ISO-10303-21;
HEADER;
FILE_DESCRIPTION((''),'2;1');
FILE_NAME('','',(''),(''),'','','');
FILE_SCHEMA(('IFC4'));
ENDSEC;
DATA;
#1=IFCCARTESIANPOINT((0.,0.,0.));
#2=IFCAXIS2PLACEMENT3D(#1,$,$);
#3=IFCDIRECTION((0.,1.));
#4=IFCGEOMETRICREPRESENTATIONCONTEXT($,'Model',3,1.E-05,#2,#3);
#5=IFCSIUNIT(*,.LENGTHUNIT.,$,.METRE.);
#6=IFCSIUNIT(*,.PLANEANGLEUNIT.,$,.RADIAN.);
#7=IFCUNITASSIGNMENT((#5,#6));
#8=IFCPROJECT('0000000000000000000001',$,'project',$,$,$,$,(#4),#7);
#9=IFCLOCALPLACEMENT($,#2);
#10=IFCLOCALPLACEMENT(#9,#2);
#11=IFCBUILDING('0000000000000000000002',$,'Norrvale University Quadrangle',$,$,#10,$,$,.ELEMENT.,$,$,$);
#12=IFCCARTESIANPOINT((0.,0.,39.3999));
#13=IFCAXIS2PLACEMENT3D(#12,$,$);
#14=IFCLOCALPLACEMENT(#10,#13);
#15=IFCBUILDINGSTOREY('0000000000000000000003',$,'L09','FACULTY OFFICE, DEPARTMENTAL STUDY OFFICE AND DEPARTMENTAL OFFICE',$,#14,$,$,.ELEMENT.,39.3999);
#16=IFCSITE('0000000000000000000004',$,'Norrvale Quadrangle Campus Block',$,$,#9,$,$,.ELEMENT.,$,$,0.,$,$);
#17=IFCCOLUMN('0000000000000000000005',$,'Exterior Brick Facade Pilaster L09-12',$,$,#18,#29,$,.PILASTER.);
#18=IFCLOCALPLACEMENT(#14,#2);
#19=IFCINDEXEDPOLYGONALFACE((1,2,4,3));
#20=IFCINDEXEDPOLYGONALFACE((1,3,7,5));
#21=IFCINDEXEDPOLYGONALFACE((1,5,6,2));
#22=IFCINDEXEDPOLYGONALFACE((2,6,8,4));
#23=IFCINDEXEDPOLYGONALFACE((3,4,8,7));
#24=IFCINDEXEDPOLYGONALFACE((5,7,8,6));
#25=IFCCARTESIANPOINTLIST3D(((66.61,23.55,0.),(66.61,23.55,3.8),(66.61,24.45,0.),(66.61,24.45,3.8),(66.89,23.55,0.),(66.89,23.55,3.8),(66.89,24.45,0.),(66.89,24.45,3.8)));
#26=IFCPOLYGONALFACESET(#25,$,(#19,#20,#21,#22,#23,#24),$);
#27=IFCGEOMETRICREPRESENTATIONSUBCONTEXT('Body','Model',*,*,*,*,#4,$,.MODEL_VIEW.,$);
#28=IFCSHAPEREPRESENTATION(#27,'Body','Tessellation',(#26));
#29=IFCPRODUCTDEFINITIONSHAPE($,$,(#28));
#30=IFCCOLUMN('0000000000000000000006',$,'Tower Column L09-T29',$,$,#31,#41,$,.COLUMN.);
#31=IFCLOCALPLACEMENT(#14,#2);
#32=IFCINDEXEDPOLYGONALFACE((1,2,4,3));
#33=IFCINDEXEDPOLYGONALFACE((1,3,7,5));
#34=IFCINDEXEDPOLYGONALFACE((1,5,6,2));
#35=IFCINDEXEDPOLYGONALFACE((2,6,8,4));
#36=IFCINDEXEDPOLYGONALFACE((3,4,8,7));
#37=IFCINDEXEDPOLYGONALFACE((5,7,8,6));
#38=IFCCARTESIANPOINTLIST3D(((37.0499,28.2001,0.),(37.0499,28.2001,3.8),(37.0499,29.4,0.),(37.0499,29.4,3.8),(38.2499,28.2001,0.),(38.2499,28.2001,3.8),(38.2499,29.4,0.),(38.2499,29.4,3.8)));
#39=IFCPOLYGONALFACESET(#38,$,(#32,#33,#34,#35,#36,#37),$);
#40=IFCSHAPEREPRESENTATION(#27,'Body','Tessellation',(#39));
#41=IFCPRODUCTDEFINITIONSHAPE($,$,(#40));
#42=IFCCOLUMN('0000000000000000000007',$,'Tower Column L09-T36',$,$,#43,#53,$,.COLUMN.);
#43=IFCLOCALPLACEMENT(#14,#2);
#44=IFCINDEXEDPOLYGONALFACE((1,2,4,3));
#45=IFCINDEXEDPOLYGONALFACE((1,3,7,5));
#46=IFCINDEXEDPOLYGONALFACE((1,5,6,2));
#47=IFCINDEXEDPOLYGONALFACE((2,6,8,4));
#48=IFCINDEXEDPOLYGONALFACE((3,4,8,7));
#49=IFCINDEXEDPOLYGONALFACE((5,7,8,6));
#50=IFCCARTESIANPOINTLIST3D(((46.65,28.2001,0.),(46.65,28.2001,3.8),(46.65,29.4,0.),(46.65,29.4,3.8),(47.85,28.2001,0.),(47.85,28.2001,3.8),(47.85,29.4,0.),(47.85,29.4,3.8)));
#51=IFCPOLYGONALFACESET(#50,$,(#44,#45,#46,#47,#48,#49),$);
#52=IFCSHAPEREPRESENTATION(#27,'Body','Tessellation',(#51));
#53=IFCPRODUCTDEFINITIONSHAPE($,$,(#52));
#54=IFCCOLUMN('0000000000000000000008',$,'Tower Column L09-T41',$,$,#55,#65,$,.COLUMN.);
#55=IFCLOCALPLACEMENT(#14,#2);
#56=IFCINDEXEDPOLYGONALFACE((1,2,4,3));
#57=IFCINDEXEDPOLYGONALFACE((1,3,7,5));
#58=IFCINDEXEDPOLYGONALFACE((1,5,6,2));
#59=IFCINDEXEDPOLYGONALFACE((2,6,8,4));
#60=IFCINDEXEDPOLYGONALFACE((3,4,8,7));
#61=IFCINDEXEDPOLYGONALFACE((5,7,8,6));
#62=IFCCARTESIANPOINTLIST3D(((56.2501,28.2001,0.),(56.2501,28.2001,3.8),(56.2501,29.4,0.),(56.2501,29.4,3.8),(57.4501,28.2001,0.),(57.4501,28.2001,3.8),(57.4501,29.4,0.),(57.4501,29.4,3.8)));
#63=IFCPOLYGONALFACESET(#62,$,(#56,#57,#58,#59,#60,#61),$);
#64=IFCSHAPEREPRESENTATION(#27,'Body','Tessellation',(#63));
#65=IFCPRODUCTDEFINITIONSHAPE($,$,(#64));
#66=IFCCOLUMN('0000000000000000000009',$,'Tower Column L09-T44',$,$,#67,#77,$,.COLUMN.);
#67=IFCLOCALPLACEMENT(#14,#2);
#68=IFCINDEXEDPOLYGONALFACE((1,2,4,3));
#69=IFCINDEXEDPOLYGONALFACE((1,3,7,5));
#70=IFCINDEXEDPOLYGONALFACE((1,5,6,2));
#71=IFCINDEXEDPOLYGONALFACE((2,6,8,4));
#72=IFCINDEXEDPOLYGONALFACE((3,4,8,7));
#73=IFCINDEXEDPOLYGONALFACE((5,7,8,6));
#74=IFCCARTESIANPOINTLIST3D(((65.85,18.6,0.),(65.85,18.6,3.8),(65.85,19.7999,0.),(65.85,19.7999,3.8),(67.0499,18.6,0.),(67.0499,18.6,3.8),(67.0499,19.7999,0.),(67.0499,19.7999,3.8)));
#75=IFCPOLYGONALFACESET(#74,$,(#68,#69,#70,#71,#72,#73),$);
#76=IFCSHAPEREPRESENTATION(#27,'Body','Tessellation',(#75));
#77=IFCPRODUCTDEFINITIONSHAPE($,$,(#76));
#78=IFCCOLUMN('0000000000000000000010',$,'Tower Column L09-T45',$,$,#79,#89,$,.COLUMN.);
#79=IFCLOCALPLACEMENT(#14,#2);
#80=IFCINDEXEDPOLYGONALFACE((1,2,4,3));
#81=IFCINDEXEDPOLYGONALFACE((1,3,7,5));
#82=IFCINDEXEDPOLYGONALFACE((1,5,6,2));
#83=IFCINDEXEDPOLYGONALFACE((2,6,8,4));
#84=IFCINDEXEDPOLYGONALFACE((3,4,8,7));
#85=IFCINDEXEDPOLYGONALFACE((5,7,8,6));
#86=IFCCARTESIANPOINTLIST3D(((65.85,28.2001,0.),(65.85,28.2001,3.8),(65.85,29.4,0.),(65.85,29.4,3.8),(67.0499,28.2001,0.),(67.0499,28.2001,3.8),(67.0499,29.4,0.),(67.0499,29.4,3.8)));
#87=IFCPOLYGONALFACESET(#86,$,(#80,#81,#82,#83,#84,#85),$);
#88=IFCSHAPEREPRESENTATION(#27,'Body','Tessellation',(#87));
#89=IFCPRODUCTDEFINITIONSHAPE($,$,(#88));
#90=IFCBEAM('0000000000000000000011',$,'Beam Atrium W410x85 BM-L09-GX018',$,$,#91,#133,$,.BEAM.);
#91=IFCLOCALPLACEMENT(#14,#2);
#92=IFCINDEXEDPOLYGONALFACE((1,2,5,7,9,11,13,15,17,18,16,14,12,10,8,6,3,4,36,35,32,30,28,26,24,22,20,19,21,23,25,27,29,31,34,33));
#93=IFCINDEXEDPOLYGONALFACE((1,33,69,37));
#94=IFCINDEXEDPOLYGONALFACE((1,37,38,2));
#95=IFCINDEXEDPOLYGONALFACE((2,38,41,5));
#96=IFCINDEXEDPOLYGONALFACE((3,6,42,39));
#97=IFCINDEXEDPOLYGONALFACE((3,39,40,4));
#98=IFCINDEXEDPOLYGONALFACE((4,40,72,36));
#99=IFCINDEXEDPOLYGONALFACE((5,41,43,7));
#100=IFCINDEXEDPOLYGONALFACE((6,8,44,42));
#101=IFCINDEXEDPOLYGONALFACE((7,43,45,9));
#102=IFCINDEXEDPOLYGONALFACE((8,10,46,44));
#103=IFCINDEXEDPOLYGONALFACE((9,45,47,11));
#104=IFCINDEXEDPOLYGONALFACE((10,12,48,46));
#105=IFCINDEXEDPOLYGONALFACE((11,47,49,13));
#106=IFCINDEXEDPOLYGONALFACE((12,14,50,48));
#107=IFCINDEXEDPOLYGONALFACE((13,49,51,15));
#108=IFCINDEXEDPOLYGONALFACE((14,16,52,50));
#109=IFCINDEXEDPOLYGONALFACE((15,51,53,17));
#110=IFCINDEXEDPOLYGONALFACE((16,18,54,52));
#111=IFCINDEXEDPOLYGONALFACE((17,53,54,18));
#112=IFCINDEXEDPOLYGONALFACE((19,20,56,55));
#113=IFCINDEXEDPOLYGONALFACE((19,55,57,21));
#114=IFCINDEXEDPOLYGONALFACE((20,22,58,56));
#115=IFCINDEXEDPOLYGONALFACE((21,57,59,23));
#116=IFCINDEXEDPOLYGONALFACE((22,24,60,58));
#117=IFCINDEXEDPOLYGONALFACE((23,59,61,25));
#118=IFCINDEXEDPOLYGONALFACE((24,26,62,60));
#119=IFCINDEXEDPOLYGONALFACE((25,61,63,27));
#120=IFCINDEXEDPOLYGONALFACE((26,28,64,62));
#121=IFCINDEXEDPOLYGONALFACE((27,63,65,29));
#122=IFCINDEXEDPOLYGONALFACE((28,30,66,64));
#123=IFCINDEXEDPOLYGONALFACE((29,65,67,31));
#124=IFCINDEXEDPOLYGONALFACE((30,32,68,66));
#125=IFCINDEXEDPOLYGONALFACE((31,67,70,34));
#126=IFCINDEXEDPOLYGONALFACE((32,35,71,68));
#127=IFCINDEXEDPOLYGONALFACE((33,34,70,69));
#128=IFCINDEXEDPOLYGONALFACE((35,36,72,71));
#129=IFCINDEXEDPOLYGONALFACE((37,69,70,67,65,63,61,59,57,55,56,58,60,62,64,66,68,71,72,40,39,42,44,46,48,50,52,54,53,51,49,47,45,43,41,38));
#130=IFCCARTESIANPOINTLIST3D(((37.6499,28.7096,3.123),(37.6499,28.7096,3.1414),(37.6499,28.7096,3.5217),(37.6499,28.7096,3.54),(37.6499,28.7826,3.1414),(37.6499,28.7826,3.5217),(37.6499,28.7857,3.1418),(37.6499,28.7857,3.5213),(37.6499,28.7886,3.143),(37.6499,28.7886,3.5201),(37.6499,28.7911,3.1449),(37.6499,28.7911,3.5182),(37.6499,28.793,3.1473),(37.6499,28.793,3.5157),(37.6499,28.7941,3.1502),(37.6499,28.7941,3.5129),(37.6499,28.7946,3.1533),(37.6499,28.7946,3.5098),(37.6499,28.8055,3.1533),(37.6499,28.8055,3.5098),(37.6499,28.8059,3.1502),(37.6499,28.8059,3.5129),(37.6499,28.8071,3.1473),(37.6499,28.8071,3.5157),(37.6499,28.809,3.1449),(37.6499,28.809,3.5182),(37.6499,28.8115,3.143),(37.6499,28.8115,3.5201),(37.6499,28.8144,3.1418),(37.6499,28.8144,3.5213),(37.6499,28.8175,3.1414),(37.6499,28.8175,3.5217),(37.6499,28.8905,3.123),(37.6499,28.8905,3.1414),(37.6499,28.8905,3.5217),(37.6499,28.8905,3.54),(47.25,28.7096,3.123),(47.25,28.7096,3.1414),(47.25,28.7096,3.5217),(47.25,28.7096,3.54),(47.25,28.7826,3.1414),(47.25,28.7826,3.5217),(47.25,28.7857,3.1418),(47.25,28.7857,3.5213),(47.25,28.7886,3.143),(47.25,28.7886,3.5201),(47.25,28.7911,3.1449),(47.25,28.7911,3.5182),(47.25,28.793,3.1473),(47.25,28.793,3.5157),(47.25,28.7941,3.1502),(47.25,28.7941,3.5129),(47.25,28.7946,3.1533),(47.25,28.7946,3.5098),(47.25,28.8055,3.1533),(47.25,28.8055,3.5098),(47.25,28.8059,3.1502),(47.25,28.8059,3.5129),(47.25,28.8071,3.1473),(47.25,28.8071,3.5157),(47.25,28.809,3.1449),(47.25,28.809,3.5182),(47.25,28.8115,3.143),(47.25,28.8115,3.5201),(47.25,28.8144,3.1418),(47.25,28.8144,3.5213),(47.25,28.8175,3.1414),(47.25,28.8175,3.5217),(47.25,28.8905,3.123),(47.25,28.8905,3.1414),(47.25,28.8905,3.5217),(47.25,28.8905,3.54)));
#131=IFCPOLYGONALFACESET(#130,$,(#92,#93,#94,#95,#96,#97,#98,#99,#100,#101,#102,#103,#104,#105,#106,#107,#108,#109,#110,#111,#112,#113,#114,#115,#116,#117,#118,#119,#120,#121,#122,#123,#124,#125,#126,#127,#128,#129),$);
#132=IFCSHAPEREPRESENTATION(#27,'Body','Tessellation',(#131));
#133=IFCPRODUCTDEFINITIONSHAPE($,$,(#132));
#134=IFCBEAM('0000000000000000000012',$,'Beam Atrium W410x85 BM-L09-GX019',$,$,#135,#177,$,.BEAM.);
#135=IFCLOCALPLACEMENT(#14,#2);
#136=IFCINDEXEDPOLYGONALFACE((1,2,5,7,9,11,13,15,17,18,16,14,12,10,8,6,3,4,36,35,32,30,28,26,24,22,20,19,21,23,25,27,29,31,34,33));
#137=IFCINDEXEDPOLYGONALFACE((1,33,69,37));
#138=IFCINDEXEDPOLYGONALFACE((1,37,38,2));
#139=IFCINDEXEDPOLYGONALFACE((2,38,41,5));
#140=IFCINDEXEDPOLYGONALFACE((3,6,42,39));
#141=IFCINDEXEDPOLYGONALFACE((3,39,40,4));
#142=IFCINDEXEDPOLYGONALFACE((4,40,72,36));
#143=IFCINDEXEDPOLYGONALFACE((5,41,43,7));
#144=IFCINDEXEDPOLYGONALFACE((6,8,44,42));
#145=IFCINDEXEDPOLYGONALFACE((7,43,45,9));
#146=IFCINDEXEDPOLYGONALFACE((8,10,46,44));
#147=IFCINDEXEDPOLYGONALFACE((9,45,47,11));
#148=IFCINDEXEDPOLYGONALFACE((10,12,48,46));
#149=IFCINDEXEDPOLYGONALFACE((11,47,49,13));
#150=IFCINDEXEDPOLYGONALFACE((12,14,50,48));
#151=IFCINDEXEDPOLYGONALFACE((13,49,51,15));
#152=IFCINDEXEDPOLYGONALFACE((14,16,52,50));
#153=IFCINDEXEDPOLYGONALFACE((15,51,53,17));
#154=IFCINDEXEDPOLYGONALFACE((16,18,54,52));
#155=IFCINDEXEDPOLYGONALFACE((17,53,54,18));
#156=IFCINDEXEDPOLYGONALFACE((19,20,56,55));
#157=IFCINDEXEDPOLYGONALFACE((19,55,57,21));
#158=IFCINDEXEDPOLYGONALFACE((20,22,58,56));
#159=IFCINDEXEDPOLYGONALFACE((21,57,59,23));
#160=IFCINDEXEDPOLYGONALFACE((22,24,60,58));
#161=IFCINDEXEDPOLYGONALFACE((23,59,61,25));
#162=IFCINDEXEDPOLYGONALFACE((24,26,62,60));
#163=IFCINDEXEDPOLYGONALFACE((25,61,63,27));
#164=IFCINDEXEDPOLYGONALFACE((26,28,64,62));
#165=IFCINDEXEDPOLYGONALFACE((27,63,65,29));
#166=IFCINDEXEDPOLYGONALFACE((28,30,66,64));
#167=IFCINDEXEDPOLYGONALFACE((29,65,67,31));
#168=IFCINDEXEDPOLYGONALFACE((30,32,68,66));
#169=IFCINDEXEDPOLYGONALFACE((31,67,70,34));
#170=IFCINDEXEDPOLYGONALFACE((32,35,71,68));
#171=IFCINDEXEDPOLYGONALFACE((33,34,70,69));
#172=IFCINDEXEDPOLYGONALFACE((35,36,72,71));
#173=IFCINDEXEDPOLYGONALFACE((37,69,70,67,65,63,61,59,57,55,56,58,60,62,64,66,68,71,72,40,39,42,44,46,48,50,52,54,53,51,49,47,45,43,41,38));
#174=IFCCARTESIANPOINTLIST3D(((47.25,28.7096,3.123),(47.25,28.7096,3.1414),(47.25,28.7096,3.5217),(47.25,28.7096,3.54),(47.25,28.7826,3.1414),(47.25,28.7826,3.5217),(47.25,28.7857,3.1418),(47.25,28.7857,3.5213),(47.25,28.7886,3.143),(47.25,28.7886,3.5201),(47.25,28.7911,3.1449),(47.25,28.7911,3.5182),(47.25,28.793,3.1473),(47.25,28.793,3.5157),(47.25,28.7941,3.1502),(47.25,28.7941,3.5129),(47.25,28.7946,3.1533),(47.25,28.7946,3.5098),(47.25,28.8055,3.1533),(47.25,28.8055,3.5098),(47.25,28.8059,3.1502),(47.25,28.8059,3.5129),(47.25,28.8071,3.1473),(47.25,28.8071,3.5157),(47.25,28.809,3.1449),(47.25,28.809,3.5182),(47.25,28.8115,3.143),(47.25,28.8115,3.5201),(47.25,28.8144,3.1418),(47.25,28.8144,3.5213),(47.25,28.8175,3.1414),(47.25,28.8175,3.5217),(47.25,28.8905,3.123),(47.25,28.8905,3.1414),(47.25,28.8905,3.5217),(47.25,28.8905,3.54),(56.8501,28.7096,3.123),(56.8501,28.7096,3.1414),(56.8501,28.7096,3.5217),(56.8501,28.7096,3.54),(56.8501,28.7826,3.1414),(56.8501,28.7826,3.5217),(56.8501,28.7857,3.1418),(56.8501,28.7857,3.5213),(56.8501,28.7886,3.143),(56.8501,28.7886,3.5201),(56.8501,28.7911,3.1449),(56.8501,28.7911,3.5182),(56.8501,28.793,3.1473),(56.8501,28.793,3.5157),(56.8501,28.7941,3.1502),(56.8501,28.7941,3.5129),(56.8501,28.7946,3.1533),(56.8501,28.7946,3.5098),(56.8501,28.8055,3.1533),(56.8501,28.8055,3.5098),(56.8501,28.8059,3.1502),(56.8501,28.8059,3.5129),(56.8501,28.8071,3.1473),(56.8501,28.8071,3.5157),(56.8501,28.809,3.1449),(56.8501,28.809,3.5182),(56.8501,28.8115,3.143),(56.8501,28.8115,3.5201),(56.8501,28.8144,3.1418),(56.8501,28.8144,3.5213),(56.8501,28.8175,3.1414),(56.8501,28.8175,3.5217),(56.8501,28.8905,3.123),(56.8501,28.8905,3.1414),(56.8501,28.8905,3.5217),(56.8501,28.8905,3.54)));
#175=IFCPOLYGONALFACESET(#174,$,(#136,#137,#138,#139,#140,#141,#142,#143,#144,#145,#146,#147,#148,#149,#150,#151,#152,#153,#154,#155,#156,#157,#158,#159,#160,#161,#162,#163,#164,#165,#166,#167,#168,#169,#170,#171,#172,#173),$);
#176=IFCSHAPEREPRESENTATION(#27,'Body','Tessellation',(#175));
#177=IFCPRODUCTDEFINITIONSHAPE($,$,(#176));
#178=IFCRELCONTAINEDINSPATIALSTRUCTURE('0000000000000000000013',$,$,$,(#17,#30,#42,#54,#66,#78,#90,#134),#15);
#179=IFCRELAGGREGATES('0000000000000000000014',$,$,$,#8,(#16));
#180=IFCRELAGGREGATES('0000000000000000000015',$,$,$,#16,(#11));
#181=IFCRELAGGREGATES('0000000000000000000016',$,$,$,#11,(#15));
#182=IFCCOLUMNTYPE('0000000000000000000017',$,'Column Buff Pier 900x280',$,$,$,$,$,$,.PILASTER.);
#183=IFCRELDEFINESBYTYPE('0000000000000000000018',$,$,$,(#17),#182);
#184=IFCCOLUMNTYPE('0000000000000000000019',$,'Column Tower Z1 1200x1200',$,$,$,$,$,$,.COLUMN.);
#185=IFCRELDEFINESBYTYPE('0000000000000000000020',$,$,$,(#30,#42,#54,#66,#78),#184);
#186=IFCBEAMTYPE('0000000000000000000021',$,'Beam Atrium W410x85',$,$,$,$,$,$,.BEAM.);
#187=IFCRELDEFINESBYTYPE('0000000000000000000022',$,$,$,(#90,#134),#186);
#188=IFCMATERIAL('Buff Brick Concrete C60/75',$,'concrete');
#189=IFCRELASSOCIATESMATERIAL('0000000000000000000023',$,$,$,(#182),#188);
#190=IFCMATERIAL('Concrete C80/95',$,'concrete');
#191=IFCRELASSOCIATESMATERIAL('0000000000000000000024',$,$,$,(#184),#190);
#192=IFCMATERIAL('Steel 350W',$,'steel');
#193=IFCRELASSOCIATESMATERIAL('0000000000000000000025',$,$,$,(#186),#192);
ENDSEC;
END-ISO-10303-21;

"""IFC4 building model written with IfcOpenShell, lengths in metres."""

from ifc_helpers import new_model, si_unit, direction, frame, origin, origin_2d, place, context, subcontext, project, spatial, rectangle, i_section, extrude, material, material_profile, profile_set, type_object, element, save


model = new_model("IFC4")

# Units and contexts
model_context = context("Model", 3, precision=1e-05, world=origin(), true_north=direction((0.0, 1.0)))
body_context = subcontext(model_context, "Body", "Model", "MODEL_VIEW")
ifc_project = project(units=[si_unit("LENGTHUNIT", "METRE"), si_unit("PLANEANGLEUNIT", "RADIAN")], contexts=[model_context])

# Site, building, storey
site_placement = place(None, origin())
site = spatial("IfcSite", under=ifc_project, at=site_placement, Name="Norrvale Quadrangle Campus Block", CompositionType="ELEMENT", RefElevation=0.0)
building_placement = place(site_placement, origin())
building = spatial("IfcBuilding", under=site, at=building_placement, Name="Norrvale University Quadrangle", CompositionType="ELEMENT")
storey_placement = place(building_placement, frame((0.0, 0.0, 39.3999)))
storey = spatial("IfcBuildingStorey", under=building, at=storey_placement, Name="L09", Description="FACULTY OFFICE, DEPARTMENTAL STUDY OFFICE AND DEPARTMENTAL OFFICE", CompositionType="ELEMENT", Elevation=39.3999)

# Columns
ifc_material_1 = material(Name="Buff Brick Concrete C60/75", Category="concrete")
ifc_material_profile_1 = material_profile(ifc_material_1, rectangle(XDim=0.8999, YDim=0.28, at=origin_2d()), Name="Buff Brick Concrete C60/75")
ifc_profile_set_1 = profile_set([ifc_material_profile_1], Name="Buff Brick Concrete C60/75")
column_type_1 = type_object("IfcColumnType", Name="Column Buff Pier 900x280", PredefinedType="PILASTER", material=ifc_profile_set_1)
column_placement = place(storey_placement, frame((66.75, 24.0, 0.0), z_axis=(0.0, 0.0, 1.0), x_axis=(0.0, 1.0, 0.0)))
element("IfcColumn", 1, at=column_placement, inside=storey, type_object=column_type_1, Name="Exterior Brick Facade Pilaster L09-12", PredefinedType="PILASTER", context=body_context, shape_type="SweptSolid", body=[
    extrude(rectangle(XDim=0.8999, YDim=0.28, at=origin_2d()), origin(), (0.0, 0.0, 1.0), 3.8),
])
ifc_material_2 = material(Name="Concrete C80/95", Category="concrete")
ifc_material_profile_2 = material_profile(ifc_material_2, rectangle(XDim=1.2, YDim=1.2, at=origin_2d()), Name="Concrete C80/95")
ifc_profile_set_2 = profile_set([ifc_material_profile_2], Name="Concrete C80/95")
column_type_2 = type_object("IfcColumnType", Name="Column Tower Z1 1200x1200", PredefinedType="COLUMN", material=ifc_profile_set_2)
for number, where, z_axis, x_axis, name in (
    (2, (37.6499, 28.8, 0.0), (0.0, 0.0, 1.0), (1.0, 0.0, 0.0), "Tower Column L09-T29"),
    (3, (47.25, 28.8, 0.0), (0.0, 0.0, 1.0), (1.0, 0.0, 0.0), "Tower Column L09-T36"),
    (4, (56.8501, 28.8, 0.0), (0.0, 0.0, 1.0), (1.0, 0.0, 0.0), "Tower Column L09-T41"),
    (5, (66.45, 19.2, 0.0), (0.0, 0.0, 1.0), (1.0, 0.0, 0.0), "Tower Column L09-T44"),
    (6, (66.45, 28.8, 0.0), (0.0, 0.0, 1.0), (1.0, 0.0, 0.0), "Tower Column L09-T45"),
):
    element("IfcColumn", number, at=place(storey_placement, frame(where, z_axis=z_axis, x_axis=x_axis)), inside=storey, type_object=column_type_2, Name=name, PredefinedType="COLUMN", context=body_context, shape_type="SweptSolid", body=[
        extrude(rectangle(XDim=1.2, YDim=1.2, at=origin_2d()), origin(), (0.0, 0.0, 1.0), 3.8),
    ])

# Beams
ifc_material_3 = material(Name="Steel 350W", Category="steel")
ifc_material_profile_3 = material_profile(ifc_material_3, i_section(OverallWidth=0.1809, OverallDepth=0.417, WebThickness=0.011, FlangeThickness=0.0183, FilletRadius=0.012, at=origin_2d()), Name="Steel 350W")
ifc_profile_set_3 = profile_set([ifc_material_profile_3], Name="Steel 350W")
beam_type_1 = type_object("IfcBeamType", Name="Beam Atrium W410x85", PredefinedType="BEAM", material=ifc_profile_set_3)
for number, where, z_axis, x_axis, name in (
    (7, (37.6499, 28.8, 3.3315), (1.0, 0.0, 0.0), (0.0, 1.0, 0.0), "Beam Atrium W410x85 BM-L09-GX018"),
    (8, (47.25, 28.8, 3.3315), (1.0, 0.0, 0.0), (0.0, 1.0, 0.0), "Beam Atrium W410x85 BM-L09-GX019"),
):
    element("IfcBeam", number, at=place(storey_placement, frame(where, z_axis=z_axis, x_axis=x_axis)), inside=storey, type_object=beam_type_1, Name=name, PredefinedType="BEAM", context=body_context, shape_type="SweptSolid", body=[
        extrude(i_section(OverallWidth=0.1809, OverallDepth=0.417, WebThickness=0.011, FlangeThickness=0.0183, FilletRadius=0.012, at=origin_2d()), origin(), (0.0, 0.0, 1.0), 9.6001),
    ])

save(model, "model.ifc")
